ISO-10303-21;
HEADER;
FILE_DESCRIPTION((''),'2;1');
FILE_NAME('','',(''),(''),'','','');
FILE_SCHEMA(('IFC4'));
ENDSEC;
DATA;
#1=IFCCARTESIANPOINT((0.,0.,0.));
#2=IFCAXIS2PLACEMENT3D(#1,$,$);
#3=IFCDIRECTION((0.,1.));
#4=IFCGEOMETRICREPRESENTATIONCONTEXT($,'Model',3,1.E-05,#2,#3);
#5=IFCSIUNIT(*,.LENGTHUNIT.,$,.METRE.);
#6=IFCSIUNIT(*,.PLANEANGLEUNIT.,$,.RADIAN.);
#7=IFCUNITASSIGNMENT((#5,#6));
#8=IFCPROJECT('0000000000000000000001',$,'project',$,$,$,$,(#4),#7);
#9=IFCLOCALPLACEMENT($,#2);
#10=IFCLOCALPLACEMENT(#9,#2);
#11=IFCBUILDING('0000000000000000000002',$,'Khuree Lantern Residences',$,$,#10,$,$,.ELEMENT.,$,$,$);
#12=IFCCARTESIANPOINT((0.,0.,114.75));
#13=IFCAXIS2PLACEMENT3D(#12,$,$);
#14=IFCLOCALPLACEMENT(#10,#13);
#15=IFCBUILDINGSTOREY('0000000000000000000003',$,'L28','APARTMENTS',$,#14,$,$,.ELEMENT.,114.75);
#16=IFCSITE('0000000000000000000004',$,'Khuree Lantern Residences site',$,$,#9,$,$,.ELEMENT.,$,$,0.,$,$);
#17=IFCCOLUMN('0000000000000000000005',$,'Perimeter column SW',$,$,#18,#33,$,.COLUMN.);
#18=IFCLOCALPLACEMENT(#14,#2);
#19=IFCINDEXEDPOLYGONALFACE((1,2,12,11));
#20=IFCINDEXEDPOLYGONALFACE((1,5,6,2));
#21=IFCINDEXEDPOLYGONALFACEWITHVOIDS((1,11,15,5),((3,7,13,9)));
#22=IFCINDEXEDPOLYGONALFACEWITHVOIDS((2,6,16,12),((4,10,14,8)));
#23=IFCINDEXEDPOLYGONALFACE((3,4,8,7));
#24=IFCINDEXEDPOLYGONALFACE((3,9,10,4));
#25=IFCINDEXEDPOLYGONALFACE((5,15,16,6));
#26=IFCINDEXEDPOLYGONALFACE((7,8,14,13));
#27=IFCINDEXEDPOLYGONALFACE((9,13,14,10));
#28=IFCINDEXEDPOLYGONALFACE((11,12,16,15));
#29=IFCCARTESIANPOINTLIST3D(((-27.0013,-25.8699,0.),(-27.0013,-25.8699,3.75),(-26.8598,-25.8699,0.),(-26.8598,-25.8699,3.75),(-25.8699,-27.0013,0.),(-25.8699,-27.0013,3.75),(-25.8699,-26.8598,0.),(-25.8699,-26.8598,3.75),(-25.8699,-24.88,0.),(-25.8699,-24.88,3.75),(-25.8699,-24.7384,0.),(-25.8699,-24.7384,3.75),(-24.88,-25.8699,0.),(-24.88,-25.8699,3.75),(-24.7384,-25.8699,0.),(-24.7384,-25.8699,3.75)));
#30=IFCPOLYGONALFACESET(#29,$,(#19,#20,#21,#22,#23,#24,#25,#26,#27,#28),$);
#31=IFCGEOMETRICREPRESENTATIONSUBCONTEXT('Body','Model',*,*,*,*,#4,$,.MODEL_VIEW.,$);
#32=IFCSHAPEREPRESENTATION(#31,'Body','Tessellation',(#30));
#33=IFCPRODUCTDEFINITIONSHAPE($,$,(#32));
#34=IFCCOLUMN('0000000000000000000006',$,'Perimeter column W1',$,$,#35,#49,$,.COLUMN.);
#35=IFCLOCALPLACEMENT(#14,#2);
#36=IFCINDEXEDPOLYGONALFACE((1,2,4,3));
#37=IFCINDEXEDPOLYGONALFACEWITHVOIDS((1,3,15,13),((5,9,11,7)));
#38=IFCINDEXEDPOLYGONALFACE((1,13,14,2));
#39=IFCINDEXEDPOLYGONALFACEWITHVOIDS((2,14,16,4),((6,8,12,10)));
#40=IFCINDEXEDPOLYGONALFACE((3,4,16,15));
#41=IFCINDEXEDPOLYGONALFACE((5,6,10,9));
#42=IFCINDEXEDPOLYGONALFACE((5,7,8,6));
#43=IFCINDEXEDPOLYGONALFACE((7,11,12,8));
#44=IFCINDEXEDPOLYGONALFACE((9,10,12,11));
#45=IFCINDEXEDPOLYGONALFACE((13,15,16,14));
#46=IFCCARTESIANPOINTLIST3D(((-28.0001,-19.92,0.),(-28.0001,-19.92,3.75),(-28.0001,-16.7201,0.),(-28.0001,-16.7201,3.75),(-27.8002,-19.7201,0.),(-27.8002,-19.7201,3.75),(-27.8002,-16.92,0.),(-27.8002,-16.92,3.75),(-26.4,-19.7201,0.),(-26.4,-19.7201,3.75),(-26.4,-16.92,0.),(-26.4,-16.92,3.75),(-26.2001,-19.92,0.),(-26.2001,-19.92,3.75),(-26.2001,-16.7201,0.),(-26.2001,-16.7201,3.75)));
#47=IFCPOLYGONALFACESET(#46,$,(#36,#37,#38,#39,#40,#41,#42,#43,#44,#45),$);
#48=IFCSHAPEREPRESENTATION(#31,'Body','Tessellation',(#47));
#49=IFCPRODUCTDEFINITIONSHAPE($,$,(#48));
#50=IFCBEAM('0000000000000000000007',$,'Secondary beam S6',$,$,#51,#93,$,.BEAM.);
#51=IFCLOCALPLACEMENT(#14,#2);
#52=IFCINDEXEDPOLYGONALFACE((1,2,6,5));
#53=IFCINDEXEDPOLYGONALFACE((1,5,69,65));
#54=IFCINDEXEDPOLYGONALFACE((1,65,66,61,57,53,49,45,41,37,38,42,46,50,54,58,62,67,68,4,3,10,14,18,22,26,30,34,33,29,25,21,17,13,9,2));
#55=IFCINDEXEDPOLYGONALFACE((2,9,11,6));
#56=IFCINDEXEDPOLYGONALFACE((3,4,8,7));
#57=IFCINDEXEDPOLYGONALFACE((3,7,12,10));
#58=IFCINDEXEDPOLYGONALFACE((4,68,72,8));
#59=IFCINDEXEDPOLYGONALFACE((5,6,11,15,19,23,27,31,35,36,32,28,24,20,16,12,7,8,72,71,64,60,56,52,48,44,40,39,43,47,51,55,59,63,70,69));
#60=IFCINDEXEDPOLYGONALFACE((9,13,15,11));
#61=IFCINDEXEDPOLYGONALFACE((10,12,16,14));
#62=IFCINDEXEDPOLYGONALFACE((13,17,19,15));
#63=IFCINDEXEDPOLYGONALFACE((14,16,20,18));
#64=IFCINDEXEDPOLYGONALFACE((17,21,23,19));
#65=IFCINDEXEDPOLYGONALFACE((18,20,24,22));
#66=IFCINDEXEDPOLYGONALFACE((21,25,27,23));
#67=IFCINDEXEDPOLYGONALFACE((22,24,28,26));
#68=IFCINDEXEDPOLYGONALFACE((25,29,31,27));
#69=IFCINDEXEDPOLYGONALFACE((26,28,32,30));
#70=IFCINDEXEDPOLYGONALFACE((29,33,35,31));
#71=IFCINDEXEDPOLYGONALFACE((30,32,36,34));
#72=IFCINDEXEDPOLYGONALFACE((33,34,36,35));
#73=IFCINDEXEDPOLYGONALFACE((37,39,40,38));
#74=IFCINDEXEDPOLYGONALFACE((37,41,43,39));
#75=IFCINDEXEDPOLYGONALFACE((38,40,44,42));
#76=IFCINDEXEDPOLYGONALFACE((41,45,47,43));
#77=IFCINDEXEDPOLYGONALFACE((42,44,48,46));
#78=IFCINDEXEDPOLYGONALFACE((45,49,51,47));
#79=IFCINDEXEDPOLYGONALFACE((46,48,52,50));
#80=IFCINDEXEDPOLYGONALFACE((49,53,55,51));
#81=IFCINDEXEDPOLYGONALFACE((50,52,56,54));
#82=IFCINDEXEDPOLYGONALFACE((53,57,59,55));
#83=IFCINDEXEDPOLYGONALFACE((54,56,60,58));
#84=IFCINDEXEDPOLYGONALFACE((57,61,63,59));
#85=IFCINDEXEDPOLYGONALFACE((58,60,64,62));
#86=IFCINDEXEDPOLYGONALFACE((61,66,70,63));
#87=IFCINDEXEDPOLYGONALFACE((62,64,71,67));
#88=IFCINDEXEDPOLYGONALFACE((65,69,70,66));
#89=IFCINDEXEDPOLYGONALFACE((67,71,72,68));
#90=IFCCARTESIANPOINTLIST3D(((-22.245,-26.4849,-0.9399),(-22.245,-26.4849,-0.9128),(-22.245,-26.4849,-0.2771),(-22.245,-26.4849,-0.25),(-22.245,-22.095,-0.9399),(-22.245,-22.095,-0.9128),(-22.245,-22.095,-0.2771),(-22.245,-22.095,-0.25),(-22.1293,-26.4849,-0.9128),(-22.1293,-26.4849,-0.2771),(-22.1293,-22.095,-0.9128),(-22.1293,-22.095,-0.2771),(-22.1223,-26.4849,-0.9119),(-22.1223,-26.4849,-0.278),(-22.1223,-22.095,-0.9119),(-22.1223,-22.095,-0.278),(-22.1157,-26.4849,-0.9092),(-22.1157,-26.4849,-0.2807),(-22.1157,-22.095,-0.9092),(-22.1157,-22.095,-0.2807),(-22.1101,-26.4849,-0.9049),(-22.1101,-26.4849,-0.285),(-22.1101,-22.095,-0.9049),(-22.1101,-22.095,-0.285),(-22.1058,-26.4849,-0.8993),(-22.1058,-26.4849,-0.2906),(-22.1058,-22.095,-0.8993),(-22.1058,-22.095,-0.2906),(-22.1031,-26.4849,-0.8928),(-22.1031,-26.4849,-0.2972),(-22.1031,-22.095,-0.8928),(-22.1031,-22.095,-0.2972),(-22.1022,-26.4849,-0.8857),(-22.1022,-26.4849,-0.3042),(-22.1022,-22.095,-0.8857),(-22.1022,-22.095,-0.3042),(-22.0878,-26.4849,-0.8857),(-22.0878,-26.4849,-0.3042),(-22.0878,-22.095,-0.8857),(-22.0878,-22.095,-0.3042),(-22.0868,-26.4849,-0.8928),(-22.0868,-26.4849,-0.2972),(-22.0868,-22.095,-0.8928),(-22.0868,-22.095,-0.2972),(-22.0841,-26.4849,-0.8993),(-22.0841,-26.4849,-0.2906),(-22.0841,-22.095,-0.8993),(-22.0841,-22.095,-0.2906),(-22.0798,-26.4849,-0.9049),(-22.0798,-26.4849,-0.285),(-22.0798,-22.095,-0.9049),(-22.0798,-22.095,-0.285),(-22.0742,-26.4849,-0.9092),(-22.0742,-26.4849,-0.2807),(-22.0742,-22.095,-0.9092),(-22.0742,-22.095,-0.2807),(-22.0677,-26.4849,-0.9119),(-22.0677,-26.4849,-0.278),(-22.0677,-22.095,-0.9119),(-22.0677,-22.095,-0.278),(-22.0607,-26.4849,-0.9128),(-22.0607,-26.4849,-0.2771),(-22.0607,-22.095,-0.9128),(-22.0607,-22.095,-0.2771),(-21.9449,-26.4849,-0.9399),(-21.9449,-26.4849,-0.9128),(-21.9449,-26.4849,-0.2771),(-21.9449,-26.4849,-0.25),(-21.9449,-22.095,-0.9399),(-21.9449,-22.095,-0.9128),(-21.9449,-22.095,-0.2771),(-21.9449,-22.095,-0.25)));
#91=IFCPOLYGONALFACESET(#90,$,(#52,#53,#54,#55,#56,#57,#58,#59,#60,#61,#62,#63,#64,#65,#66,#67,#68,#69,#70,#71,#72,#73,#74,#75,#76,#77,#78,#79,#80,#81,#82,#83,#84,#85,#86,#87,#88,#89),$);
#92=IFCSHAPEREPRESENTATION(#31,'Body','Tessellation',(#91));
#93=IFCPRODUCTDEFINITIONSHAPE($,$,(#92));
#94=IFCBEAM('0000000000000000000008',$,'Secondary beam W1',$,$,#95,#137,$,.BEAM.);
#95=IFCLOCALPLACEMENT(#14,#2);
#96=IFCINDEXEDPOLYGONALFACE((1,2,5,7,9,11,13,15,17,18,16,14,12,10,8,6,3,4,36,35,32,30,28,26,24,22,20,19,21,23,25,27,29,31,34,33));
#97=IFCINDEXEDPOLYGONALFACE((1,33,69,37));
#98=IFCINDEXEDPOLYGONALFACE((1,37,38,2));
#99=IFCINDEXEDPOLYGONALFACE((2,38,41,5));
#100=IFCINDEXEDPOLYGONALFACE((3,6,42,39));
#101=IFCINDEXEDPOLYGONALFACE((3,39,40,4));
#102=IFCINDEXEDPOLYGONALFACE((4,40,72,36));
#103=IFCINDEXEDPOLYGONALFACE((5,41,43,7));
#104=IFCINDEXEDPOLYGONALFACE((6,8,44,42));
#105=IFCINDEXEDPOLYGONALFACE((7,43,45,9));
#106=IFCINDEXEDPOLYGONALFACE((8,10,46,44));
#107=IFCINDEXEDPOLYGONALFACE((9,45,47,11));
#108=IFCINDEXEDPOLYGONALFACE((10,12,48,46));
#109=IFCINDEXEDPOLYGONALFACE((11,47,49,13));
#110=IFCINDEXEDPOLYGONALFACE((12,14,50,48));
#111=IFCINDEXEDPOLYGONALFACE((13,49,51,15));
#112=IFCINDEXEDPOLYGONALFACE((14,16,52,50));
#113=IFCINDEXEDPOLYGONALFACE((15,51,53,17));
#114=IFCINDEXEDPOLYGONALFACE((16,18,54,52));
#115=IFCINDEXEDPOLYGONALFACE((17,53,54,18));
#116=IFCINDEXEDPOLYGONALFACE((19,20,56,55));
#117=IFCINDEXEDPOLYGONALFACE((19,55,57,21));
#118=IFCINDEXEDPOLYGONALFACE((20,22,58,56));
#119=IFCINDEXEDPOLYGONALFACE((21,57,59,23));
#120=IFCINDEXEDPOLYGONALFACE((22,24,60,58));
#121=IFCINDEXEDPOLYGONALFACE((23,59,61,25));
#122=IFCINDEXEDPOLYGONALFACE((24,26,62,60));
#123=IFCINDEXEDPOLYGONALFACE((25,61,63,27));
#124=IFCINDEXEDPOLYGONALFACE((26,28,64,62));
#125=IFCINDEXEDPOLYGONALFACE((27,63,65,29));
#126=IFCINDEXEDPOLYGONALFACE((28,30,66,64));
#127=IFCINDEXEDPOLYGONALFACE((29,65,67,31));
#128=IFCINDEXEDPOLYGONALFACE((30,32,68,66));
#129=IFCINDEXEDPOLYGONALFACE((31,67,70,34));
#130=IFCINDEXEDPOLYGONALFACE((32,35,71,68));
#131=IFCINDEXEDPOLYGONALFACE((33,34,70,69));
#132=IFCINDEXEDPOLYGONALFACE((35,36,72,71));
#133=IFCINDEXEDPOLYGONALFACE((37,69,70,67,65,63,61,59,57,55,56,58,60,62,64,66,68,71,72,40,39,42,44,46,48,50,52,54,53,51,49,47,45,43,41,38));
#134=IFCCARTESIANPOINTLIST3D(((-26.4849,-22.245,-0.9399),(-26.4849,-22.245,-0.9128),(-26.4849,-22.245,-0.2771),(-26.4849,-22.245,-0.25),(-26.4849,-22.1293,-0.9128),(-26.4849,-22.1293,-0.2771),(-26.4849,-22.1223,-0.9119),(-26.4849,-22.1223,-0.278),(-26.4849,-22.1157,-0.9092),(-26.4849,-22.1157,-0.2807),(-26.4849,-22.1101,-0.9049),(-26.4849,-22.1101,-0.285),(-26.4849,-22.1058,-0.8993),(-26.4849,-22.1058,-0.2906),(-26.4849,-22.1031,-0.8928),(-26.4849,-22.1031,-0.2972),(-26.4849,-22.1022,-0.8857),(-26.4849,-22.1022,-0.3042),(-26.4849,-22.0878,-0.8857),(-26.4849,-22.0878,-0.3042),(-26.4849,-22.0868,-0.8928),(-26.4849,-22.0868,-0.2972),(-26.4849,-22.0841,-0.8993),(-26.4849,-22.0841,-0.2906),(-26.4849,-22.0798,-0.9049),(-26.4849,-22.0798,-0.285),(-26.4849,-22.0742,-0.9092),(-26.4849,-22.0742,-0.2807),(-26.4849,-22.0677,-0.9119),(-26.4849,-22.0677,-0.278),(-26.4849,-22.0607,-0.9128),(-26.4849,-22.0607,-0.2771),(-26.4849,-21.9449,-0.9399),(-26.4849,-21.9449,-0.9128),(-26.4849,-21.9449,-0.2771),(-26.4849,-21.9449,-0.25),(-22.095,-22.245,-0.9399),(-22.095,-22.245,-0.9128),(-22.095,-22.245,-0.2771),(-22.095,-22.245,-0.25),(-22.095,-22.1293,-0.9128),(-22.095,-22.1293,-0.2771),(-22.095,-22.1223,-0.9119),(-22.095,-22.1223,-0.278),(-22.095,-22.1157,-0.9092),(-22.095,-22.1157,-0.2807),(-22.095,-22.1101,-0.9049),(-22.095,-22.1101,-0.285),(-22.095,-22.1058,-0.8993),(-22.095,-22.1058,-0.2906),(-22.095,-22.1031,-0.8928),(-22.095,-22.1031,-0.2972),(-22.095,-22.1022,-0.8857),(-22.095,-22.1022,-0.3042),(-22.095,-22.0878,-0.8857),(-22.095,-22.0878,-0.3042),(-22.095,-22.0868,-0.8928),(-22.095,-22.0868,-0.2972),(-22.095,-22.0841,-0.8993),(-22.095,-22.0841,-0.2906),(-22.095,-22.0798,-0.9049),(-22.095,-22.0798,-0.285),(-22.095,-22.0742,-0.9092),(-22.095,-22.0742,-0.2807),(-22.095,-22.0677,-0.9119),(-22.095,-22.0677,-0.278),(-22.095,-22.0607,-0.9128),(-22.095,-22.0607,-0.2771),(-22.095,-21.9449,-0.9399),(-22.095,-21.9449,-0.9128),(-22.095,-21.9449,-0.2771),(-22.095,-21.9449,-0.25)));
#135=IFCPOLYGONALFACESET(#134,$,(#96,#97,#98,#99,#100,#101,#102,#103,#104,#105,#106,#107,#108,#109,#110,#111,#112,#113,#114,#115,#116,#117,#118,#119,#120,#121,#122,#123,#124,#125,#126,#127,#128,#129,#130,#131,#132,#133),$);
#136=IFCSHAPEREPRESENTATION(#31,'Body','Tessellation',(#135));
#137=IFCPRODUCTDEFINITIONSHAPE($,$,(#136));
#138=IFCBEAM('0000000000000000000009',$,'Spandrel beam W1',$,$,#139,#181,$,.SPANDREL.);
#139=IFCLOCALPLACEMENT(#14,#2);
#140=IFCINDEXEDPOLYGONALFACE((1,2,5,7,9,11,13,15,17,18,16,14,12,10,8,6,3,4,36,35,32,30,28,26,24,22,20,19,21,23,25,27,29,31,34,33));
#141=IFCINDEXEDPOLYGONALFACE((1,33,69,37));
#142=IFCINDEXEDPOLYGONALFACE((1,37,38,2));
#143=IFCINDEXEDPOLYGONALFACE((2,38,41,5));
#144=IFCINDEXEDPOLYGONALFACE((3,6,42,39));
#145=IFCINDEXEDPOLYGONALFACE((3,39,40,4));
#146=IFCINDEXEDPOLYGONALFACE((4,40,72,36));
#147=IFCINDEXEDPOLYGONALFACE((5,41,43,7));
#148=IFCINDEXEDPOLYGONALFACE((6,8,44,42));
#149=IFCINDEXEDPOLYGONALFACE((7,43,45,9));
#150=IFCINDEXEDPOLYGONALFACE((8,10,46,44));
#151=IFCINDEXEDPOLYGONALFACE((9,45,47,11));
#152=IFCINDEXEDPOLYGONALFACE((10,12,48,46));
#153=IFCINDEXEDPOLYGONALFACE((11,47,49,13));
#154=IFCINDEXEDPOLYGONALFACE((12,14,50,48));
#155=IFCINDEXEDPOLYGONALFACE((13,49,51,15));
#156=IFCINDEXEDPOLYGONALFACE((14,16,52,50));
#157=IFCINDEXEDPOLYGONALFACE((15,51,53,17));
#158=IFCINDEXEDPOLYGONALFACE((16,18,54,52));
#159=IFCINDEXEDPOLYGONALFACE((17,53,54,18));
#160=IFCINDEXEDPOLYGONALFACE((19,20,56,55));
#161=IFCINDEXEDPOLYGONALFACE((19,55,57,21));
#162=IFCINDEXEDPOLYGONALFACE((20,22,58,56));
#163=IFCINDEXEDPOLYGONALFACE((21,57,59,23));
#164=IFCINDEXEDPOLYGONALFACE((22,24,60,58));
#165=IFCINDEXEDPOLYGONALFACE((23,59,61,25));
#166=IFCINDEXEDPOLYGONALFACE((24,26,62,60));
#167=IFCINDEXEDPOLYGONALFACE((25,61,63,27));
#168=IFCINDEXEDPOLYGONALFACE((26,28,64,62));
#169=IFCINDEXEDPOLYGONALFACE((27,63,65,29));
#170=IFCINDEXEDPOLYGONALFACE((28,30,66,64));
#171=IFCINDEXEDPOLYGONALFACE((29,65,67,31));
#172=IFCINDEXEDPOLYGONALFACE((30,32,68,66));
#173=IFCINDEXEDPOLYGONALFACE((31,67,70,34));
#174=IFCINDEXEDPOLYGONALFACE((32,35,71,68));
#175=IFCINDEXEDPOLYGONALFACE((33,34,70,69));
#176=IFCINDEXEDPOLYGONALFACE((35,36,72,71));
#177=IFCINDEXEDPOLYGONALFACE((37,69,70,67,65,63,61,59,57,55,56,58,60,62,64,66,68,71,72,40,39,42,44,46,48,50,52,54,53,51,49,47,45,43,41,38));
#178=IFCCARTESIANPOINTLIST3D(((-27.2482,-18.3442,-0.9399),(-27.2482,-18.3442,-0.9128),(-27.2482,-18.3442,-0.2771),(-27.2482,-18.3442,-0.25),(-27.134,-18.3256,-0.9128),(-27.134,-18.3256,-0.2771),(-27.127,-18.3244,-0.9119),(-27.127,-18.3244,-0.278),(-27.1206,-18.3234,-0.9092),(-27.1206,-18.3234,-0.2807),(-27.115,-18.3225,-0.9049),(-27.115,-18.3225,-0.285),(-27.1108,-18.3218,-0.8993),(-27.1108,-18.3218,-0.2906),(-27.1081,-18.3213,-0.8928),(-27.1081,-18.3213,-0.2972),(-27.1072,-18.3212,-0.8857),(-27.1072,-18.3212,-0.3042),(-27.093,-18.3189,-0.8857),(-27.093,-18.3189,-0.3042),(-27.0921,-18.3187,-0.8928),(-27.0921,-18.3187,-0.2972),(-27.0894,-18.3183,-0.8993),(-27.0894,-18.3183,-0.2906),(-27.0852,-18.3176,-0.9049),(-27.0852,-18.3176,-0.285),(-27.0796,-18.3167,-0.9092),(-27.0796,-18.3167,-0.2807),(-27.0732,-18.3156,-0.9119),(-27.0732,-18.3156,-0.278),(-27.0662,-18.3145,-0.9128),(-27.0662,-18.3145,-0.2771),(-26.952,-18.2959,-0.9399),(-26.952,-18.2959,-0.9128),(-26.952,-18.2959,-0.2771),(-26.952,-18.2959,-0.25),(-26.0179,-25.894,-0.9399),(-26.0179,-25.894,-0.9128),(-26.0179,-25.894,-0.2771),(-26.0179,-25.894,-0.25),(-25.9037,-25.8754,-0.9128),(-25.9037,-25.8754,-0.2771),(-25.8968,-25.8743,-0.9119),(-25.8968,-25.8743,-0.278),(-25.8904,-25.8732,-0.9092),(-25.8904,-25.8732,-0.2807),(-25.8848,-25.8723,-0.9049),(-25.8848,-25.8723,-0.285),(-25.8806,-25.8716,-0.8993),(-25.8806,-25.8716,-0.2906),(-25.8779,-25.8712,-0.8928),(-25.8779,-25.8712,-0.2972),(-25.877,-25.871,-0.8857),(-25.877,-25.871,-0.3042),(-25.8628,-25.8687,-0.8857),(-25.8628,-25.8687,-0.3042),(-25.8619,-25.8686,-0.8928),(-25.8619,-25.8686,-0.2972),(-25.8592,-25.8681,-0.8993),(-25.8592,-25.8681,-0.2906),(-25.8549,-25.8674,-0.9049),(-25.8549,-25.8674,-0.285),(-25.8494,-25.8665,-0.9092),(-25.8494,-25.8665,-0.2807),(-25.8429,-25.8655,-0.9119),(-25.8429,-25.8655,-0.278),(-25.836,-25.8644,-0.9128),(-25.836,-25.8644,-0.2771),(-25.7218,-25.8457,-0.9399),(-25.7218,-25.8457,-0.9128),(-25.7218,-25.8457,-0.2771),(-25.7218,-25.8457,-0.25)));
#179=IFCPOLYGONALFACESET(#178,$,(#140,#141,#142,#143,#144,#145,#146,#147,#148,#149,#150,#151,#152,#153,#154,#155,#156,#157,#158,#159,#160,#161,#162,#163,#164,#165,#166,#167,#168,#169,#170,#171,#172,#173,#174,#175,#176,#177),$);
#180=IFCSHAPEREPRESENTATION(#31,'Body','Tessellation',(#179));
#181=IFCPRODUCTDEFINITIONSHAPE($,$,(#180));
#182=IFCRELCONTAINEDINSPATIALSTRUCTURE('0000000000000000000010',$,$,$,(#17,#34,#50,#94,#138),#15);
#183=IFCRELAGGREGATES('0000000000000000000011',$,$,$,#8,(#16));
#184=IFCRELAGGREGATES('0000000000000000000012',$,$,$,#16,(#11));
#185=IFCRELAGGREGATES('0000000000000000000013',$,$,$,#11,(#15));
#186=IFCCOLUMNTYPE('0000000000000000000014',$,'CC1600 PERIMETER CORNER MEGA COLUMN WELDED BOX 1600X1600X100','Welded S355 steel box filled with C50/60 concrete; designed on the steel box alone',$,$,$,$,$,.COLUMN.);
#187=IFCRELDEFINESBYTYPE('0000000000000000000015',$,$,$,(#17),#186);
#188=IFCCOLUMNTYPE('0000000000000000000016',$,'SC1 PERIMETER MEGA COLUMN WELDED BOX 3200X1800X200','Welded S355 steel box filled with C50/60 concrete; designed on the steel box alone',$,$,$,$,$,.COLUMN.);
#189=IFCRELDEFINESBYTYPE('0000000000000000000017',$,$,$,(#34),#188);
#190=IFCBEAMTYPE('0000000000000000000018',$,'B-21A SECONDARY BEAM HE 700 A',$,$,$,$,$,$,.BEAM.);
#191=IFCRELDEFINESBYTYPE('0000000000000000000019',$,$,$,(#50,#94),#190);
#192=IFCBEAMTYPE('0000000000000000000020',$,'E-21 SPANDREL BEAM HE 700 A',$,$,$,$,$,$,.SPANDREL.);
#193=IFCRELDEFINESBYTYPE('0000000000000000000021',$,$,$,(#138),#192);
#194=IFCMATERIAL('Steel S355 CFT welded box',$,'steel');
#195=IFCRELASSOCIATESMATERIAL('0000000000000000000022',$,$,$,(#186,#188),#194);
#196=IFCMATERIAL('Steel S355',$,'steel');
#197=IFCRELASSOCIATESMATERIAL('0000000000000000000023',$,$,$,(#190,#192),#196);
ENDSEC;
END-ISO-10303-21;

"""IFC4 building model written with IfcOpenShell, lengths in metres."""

from ifc_helpers import new_model, si_unit, direction, frame, origin, origin_2d, place, context, subcontext, project, spatial, hollow_rectangle, i_section, extrude, material, material_profile, profile_set, type_object, element, save


model = new_model("IFC4")

# Units and contexts
model_context = context("Model", 3, precision=1e-05, world=origin(), true_north=direction((0.0, 1.0)))
body_context = subcontext(model_context, "Body", "Model", "MODEL_VIEW")
ifc_project = project(units=[si_unit("LENGTHUNIT", "METRE"), si_unit("PLANEANGLEUNIT", "RADIAN")], contexts=[model_context])

# Site, building, storey
site_placement = place(None, origin())
site = spatial("IfcSite", under=ifc_project, at=site_placement, Name="Khuree Lantern Residences site", CompositionType="ELEMENT", RefElevation=0.0)
building_placement = place(site_placement, origin())
building = spatial("IfcBuilding", under=site, at=building_placement, Name="Khuree Lantern Residences", CompositionType="ELEMENT")
storey_placement = place(building_placement, frame((0.0, 0.0, 114.75)))
storey = spatial("IfcBuildingStorey", under=building, at=storey_placement, Name="L28", Description="APARTMENTS", CompositionType="ELEMENT", Elevation=114.75)

# Columns
ifc_material_1 = material(Name="Steel S355 CFT welded box", Category="steel")
ifc_material_profile_1 = material_profile(ifc_material_1, hollow_rectangle(XDim=1.6001, YDim=1.6001, WallThickness=0.1001, at=origin_2d()), Name="WELDED BOX 1600X1600X100")
ifc_profile_set_1 = profile_set([ifc_material_profile_1], Name="Steel S355 CFT welded box")
column_type_1 = type_object("IfcColumnType", Name="CC1600 PERIMETER CORNER MEGA COLUMN WELDED BOX 1600X1600X100", Description="Welded S355 steel box filled with C50/60 concrete; designed on the steel box alone", PredefinedType="COLUMN", material=ifc_profile_set_1)
column_1_placement = place(storey_placement, frame((-25.8699, -25.8699, 0.0), z_axis=(0.0, 0.0, 1.0), x_axis=(0.707107, -0.707107, 0.0)))
element("IfcColumn", 1, at=column_1_placement, inside=storey, type_object=column_type_1, Name="Perimeter column SW", PredefinedType="COLUMN", context=body_context, shape_type="SweptSolid", body=[
    extrude(hollow_rectangle(XDim=1.6001, YDim=1.6001, WallThickness=0.1001, at=origin_2d()), origin(), (0.0, 0.0, 1.0), 3.75),
])
ifc_material_profile_2 = material_profile(ifc_material_1, hollow_rectangle(XDim=3.2, YDim=1.8, WallThickness=0.2, at=origin_2d()), Name="WELDED BOX 3200X1800X200")
ifc_profile_set_2 = profile_set([ifc_material_profile_2], Name="Steel S355 CFT welded box")
column_type_2 = type_object("IfcColumnType", Name="SC1 PERIMETER MEGA COLUMN WELDED BOX 3200X1800X200", Description="Welded S355 steel box filled with C50/60 concrete; designed on the steel box alone", PredefinedType="COLUMN", material=ifc_profile_set_2)
column_2_placement = place(storey_placement, frame((-27.1001, -18.3201, 0.0), z_axis=(0.0, 0.0, 1.0), x_axis=(0.0, 1.0, 0.0)))
element("IfcColumn", 2, at=column_2_placement, inside=storey, type_object=column_type_2, Name="Perimeter column W1", PredefinedType="COLUMN", context=body_context, shape_type="SweptSolid", body=[
    extrude(hollow_rectangle(XDim=3.2, YDim=1.8, WallThickness=0.2, at=origin_2d()), origin(), (0.0, 0.0, 1.0), 3.75),
])

# Beams
ifc_material_2 = material(Name="Steel S355", Category="steel")
ifc_material_profile_3 = material_profile(ifc_material_2, i_section(OverallWidth=0.3, OverallDepth=0.6899, WebThickness=0.0144, FlangeThickness=0.0271, FilletRadius=0.0271, at=origin_2d()), Name="HE 700 A")
ifc_profile_set_3 = profile_set([ifc_material_profile_3], Name="Steel S355")
beam_type_1 = type_object("IfcBeamType", Name="B-21A SECONDARY BEAM HE 700 A", PredefinedType="BEAM", material=ifc_profile_set_3)
for number, where, z_axis, x_axis, name in (
    (3, (-22.095, -26.4849, -0.595), (0.0, 1.0, 0.0), (-1.0, 0.0, 0.0), "Secondary beam S6"),
    (4, (-26.4849, -22.095, -0.595), (1.0, 0.0, 0.0), (0.0, 1.0, 0.0), "Secondary beam W1"),
):
    element("IfcBeam", number, at=place(storey_placement, frame(where, z_axis=z_axis, x_axis=x_axis)), inside=storey, type_object=beam_type_1, Name=name, PredefinedType="BEAM", context=body_context, shape_type="SweptSolid", body=[
        extrude(i_section(OverallWidth=0.3, OverallDepth=0.6899, WebThickness=0.0144, FlangeThickness=0.0271, FilletRadius=0.0271, at=origin_2d()), origin(), (0.0, 0.0, 1.0), 4.3899),
    ])
ifc_material_profile_4 = material_profile(ifc_material_2, i_section(OverallWidth=0.3, OverallDepth=0.6899, WebThickness=0.0144, FlangeThickness=0.0271, FilletRadius=0.0271, at=origin_2d()), Name="HE 700 A")
ifc_profile_set_4 = profile_set([ifc_material_profile_4], Name="Steel S355")
beam_type_2 = type_object("IfcBeamType", Name="E-21 SPANDREL BEAM HE 700 A", PredefinedType="SPANDREL", material=ifc_profile_set_4)
beam_1_placement = place(storey_placement, frame((-25.8699, -25.8699, -0.595), z_axis=(-0.160827, 0.986983, 0.0), x_axis=(-0.986983, -0.160827, 0.0)))
element("IfcBeam", 5, at=beam_1_placement, inside=storey, type_object=beam_type_2, Name="Spandrel beam W1", PredefinedType="SPANDREL", context=body_context, shape_type="SweptSolid", body=[
    extrude(i_section(OverallWidth=0.3, OverallDepth=0.6899, WebThickness=0.0144, FlangeThickness=0.0271, FilletRadius=0.0271, at=origin_2d()), origin(), (0.0, 0.0, 1.0), 7.6494),
])

save(model, "model.ifc")
